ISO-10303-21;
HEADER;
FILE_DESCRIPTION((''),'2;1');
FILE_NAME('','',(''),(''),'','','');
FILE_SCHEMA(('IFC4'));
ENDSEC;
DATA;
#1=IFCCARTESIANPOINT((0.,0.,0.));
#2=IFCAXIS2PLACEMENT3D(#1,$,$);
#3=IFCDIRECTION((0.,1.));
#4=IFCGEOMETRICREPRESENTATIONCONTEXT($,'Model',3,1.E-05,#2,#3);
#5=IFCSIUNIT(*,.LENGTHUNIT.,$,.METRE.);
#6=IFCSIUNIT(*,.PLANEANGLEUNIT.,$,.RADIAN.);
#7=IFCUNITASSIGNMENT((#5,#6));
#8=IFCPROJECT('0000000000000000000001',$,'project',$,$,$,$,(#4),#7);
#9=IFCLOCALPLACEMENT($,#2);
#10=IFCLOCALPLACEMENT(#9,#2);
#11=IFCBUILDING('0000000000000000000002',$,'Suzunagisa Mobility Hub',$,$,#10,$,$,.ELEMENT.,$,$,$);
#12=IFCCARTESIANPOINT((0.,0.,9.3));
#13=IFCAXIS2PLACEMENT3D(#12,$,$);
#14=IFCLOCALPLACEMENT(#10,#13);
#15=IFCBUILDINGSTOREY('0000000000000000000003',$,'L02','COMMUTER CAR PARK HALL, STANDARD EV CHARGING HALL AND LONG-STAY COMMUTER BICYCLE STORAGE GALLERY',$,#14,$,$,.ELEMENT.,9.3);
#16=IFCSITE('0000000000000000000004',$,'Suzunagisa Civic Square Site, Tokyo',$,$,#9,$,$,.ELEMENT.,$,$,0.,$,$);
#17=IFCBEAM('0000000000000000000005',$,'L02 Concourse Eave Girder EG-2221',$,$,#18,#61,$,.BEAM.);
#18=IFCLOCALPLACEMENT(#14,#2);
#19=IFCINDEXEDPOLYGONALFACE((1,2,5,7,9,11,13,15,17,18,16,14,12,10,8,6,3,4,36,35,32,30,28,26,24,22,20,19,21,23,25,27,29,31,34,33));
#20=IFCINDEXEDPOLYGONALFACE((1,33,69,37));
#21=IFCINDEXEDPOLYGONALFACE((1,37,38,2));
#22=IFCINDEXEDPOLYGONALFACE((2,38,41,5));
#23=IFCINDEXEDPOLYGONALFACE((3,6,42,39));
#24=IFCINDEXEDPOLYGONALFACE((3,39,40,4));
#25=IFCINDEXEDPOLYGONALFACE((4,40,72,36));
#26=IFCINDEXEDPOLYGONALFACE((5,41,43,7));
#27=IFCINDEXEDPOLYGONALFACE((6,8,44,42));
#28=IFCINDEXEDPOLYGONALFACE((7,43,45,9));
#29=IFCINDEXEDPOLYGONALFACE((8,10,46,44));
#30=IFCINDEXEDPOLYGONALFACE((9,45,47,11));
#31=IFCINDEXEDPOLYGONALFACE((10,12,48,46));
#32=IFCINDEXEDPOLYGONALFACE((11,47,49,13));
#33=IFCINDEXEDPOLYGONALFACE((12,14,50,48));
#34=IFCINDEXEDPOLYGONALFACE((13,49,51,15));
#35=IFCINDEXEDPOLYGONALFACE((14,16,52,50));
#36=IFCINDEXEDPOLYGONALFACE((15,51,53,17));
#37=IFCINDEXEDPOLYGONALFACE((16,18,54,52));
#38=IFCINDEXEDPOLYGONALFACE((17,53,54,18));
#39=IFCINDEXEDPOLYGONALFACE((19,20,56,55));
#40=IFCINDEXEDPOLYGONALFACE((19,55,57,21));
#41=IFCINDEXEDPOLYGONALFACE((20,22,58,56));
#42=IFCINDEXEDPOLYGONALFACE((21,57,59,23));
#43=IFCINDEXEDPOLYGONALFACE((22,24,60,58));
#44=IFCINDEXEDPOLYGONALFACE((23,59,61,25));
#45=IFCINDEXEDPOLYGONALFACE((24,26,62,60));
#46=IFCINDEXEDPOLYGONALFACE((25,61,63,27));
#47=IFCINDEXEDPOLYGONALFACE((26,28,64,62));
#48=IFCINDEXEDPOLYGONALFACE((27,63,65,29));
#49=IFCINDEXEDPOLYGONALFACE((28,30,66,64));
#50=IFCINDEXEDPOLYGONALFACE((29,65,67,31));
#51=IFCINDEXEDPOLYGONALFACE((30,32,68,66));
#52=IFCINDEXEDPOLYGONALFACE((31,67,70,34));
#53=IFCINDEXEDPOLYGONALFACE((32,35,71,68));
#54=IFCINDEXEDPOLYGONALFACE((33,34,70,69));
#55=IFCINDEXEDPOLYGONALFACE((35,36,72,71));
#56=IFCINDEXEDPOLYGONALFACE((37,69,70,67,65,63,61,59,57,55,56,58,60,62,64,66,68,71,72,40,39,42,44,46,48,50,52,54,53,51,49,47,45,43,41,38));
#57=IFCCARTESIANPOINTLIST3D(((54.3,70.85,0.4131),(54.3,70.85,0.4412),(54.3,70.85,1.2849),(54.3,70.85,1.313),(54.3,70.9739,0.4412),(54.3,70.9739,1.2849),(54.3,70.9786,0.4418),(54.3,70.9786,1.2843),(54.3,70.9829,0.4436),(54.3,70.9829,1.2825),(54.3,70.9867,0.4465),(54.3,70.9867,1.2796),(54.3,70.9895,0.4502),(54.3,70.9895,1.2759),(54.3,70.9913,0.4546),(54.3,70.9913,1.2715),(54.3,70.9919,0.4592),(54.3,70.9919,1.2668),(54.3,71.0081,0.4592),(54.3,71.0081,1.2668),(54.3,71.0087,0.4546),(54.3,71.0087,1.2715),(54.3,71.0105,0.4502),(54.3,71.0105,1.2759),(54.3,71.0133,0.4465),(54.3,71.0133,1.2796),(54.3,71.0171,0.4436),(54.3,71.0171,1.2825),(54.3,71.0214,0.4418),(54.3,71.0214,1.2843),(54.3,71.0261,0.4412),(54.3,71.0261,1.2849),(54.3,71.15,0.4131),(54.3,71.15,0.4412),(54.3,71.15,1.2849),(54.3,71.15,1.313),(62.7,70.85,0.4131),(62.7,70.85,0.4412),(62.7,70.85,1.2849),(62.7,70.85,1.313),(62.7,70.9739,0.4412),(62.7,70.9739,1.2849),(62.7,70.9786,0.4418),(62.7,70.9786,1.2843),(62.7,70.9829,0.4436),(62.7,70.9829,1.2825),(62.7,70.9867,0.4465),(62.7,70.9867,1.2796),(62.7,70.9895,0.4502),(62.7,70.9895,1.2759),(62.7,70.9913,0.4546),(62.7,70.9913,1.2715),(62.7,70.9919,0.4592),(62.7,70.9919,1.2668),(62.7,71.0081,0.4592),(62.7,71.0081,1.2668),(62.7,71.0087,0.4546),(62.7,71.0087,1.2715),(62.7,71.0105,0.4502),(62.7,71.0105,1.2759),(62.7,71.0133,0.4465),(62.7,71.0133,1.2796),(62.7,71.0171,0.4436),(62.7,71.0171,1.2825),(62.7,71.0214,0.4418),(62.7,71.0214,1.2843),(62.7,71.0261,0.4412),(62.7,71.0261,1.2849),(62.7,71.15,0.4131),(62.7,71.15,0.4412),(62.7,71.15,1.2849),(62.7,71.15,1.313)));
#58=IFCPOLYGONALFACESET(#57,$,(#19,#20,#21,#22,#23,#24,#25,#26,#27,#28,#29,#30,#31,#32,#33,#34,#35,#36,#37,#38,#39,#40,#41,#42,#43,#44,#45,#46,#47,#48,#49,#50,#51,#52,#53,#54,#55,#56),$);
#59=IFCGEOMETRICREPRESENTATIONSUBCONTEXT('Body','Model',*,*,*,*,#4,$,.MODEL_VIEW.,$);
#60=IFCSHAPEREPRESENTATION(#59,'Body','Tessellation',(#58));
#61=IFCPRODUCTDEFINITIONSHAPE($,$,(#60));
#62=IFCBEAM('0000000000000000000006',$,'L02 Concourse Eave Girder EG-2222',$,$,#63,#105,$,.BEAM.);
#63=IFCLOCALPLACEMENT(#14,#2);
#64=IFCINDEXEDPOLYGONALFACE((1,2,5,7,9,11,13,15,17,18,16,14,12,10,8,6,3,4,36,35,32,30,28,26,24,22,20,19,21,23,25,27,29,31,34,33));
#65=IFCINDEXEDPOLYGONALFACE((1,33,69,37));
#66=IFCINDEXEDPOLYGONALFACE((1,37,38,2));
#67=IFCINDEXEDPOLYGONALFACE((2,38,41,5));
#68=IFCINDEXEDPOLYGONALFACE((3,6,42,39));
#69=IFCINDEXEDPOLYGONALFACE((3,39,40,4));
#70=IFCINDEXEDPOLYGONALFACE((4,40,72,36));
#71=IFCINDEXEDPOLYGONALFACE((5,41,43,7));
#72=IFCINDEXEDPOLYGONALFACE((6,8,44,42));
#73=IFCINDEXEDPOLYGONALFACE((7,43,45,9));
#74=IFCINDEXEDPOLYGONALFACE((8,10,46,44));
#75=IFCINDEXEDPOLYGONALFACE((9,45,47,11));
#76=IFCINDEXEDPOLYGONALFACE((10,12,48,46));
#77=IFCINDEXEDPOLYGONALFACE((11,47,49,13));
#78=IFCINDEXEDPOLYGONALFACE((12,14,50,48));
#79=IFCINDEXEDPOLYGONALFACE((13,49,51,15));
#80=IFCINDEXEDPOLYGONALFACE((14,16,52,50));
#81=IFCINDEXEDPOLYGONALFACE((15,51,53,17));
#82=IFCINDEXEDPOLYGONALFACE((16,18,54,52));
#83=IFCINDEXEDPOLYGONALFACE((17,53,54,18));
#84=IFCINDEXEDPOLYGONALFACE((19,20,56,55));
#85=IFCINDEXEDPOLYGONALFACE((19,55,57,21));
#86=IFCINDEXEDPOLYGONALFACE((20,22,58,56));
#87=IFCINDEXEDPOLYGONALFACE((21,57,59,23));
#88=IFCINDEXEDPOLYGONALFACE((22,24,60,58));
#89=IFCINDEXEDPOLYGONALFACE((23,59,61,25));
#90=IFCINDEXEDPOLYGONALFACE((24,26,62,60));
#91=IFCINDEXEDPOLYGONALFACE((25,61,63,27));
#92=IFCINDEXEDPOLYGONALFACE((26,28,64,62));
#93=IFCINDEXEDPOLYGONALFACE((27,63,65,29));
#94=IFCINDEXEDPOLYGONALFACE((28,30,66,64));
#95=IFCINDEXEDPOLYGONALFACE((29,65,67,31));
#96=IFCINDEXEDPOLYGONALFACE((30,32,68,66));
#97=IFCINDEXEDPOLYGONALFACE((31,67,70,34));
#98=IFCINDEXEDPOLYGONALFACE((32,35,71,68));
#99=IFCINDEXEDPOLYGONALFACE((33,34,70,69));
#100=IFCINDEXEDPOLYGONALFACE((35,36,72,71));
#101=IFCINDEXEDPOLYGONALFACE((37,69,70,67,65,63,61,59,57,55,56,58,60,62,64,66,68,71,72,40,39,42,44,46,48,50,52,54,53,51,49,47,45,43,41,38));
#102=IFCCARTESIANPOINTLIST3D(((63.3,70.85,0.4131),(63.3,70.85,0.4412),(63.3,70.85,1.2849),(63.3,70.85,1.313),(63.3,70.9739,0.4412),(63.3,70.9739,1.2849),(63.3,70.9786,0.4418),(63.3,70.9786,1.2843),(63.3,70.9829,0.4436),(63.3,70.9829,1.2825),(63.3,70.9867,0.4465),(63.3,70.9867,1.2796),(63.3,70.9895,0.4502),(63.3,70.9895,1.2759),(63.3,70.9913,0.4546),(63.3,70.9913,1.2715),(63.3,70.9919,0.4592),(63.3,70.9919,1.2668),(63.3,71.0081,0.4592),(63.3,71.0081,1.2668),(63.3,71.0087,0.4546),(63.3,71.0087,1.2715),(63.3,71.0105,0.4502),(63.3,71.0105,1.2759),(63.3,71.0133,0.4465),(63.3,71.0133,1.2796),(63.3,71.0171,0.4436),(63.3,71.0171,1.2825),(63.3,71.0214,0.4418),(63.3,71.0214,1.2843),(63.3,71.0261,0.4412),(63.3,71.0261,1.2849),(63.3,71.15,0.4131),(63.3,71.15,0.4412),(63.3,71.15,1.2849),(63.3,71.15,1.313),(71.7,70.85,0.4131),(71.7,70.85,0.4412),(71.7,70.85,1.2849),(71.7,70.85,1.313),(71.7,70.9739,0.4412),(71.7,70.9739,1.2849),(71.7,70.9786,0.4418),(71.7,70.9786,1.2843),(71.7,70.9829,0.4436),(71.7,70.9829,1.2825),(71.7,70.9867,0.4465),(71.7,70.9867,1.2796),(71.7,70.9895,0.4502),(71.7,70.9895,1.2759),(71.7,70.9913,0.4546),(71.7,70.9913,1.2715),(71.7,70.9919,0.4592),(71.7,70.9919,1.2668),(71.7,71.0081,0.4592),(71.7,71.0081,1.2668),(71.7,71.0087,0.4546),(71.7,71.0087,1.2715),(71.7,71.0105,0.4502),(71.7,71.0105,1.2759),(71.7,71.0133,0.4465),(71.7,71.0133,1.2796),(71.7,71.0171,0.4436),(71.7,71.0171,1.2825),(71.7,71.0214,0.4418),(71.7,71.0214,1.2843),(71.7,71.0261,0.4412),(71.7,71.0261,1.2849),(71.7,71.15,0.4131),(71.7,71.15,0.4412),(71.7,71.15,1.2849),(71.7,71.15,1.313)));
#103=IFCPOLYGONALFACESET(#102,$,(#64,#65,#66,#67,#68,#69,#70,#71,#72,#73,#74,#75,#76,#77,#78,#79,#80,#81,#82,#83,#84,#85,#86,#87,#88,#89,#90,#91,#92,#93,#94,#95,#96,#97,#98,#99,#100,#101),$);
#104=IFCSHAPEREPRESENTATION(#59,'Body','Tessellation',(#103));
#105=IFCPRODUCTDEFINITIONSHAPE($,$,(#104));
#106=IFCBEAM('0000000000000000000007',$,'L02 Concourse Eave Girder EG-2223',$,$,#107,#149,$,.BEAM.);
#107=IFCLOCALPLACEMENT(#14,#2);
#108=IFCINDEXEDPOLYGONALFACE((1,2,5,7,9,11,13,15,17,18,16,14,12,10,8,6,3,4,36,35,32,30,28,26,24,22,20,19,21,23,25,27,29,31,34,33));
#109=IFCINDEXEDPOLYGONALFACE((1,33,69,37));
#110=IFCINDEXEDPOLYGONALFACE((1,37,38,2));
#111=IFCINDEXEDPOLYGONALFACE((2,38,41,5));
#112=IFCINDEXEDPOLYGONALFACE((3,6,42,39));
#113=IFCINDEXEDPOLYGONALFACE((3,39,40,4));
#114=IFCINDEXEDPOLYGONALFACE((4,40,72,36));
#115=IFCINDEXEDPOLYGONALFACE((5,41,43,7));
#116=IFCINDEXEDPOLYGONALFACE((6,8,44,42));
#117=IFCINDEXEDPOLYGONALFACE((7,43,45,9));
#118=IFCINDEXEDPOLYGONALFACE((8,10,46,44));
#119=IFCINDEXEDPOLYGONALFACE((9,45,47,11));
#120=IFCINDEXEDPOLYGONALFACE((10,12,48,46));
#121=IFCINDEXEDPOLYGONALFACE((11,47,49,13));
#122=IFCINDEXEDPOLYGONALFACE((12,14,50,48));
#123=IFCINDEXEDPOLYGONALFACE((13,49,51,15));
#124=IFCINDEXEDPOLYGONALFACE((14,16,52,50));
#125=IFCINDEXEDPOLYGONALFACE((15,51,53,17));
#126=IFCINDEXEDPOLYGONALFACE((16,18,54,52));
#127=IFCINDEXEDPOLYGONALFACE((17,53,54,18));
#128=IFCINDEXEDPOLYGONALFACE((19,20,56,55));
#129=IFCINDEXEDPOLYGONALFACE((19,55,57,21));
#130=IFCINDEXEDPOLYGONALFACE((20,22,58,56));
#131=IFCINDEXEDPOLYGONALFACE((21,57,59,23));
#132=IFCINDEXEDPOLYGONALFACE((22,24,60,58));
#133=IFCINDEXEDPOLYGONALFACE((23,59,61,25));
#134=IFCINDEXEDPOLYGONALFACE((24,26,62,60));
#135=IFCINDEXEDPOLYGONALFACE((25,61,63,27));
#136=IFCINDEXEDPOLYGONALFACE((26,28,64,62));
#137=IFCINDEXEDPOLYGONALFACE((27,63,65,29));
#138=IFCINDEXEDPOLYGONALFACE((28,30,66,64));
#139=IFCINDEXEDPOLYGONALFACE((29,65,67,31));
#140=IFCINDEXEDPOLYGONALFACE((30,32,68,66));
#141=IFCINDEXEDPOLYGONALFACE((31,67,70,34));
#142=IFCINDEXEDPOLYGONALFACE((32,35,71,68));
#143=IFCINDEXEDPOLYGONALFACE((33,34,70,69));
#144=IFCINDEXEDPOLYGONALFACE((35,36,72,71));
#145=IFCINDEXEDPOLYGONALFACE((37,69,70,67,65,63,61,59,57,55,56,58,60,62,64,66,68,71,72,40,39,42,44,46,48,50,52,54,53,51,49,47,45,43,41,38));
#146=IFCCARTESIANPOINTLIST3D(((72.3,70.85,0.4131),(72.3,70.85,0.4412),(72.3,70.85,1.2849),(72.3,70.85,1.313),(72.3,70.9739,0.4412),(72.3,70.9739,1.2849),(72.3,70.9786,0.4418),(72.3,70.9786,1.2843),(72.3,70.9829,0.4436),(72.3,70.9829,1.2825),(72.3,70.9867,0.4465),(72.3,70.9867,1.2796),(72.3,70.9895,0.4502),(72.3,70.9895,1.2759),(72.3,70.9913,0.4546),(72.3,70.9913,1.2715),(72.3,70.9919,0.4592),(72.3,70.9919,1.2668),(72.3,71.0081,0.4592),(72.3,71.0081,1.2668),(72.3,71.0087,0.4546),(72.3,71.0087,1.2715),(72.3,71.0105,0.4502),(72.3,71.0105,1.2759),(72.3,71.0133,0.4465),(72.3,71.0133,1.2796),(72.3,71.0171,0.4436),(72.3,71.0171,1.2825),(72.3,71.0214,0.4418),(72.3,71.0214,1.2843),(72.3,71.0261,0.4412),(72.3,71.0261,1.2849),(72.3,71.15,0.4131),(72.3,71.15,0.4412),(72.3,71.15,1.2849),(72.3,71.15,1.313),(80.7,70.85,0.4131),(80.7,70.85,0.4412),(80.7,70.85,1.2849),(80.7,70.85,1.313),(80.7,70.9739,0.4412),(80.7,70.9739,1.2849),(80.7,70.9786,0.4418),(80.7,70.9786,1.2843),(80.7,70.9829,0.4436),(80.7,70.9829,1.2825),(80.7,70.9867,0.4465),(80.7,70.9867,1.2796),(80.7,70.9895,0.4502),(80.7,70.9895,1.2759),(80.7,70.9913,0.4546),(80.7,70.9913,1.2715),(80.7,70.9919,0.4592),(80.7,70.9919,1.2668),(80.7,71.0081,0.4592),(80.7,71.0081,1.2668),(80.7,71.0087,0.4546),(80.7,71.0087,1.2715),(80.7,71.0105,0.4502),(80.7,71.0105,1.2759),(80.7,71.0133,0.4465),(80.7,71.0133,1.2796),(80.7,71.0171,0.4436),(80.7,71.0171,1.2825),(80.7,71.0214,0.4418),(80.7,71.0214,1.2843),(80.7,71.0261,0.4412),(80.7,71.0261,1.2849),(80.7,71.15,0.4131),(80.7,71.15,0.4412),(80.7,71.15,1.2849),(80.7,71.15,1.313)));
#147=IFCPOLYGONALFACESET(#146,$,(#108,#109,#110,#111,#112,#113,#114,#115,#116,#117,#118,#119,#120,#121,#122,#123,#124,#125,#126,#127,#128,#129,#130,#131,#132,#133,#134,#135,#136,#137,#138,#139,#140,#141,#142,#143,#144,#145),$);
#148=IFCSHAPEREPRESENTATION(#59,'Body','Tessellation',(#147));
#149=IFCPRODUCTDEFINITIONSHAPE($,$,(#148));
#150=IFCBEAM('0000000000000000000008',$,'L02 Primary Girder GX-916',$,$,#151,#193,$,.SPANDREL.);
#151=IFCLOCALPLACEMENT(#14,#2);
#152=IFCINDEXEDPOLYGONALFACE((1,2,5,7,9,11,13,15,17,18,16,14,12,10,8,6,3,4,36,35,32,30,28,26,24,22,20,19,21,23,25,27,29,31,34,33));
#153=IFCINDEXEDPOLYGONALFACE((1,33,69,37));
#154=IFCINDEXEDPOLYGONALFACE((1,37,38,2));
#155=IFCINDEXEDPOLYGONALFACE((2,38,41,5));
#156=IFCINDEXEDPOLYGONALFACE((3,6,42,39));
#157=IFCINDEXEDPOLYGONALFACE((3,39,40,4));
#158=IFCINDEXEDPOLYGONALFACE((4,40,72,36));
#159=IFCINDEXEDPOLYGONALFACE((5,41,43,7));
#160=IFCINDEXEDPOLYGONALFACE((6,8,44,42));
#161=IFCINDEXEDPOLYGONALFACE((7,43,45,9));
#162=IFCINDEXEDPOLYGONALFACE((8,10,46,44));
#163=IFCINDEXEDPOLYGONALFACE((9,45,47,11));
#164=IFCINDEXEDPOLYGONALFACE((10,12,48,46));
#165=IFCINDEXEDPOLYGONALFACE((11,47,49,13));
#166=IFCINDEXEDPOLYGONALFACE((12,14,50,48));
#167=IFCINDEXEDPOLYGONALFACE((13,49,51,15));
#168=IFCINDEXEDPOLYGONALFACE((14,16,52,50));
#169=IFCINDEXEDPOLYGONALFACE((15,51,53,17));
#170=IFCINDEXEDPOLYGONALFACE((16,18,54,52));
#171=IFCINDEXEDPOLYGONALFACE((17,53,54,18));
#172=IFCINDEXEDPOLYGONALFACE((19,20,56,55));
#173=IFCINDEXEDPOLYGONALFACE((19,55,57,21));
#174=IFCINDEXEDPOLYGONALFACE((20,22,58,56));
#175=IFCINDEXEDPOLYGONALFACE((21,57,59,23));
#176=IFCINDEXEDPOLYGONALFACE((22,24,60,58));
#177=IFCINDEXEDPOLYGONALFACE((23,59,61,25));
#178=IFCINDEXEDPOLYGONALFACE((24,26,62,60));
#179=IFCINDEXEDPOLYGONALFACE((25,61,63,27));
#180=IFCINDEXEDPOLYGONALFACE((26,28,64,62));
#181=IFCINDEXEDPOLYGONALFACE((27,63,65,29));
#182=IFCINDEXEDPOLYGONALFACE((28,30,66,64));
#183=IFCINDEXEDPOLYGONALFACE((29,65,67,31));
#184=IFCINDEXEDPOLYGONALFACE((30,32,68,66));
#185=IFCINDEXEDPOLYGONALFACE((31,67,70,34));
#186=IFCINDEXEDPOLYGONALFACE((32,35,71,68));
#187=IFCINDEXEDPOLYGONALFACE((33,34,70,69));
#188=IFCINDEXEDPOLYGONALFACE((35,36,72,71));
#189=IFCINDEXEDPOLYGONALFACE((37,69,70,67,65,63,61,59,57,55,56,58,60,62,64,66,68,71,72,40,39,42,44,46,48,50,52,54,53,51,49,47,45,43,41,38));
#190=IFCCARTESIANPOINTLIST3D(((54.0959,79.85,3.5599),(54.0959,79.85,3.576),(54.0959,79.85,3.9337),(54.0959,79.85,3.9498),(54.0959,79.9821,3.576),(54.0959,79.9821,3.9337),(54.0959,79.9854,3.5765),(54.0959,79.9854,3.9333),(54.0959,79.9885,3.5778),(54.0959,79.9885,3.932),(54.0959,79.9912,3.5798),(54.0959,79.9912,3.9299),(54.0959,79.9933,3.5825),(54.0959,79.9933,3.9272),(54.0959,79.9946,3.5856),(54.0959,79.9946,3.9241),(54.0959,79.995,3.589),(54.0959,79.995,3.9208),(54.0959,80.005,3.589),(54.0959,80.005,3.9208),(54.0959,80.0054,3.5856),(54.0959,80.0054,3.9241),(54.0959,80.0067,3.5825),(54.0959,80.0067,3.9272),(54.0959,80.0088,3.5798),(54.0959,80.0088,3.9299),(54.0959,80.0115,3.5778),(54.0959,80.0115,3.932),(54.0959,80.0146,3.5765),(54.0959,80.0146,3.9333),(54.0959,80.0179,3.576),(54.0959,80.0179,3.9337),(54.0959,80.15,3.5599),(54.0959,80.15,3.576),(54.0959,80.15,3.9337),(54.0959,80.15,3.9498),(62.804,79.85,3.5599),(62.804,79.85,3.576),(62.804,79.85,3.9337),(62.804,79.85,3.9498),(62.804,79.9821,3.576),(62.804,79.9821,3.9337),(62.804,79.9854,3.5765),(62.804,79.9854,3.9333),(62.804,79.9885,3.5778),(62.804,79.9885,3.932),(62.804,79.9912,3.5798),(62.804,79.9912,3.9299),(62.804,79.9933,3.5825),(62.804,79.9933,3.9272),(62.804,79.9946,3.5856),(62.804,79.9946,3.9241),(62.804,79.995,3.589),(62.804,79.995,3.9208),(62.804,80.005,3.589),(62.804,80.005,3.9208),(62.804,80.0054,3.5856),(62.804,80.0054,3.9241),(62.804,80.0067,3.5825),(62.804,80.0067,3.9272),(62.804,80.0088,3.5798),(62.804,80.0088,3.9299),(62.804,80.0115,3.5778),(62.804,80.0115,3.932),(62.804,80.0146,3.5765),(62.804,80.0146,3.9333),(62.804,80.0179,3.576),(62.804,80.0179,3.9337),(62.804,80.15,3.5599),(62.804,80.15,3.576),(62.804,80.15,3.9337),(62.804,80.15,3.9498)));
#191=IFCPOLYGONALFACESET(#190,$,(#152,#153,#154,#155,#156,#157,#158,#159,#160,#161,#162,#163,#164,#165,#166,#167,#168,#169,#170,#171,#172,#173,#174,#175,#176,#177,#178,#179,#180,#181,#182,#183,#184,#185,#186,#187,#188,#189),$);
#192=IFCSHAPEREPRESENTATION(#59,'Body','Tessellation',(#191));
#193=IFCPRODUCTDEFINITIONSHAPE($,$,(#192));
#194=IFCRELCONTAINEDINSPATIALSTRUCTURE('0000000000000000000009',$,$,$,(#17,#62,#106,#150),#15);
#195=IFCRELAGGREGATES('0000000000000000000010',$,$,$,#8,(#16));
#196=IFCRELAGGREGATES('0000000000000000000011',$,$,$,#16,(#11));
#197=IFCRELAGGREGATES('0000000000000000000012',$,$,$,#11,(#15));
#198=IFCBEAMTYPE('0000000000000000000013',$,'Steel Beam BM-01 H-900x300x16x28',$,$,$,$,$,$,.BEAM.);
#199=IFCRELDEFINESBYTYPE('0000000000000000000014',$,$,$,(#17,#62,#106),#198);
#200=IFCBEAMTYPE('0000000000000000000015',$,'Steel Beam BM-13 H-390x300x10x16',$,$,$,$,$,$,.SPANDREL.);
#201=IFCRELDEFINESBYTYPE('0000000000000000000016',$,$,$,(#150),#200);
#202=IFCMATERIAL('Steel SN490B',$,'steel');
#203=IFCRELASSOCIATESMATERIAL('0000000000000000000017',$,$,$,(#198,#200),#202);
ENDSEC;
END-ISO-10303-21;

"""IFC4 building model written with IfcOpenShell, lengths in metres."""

from ifc_helpers import new_model, si_unit, direction, frame, origin, origin_2d, place, context, subcontext, project, spatial, i_section, extrude, material, material_profile, profile_set, type_object, element, save


model = new_model("IFC4")

# Units and contexts
model_context = context("Model", 3, precision=1e-05, world=origin(), true_north=direction((0.0, 1.0)))
body_context = subcontext(model_context, "Body", "Model", "MODEL_VIEW")
ifc_project = project(units=[si_unit("LENGTHUNIT", "METRE"), si_unit("PLANEANGLEUNIT", "RADIAN")], contexts=[model_context])

# Site, building, storey
site_placement = place(None, origin())
site = spatial("IfcSite", under=ifc_project, at=site_placement, Name="Suzunagisa Civic Square Site, Tokyo", CompositionType="ELEMENT", RefElevation=0.0)
building_placement = place(site_placement, origin())
building = spatial("IfcBuilding", under=site, at=building_placement, Name="Suzunagisa Mobility Hub", CompositionType="ELEMENT")
storey_placement = place(building_placement, frame((0.0, 0.0, 9.3)))
storey = spatial("IfcBuildingStorey", under=building, at=storey_placement, Name="L02", Description="COMMUTER CAR PARK HALL, STANDARD EV CHARGING HALL AND LONG-STAY COMMUTER BICYCLE STORAGE GALLERY", CompositionType="ELEMENT", Elevation=9.3)

# Shared definitions
ifc_material_1 = material(Name="Steel SN490B", Category="steel")

# Beams
ifc_material_profile_1 = material_profile(ifc_material_1, i_section(OverallWidth=0.3, OverallDepth=0.8999, WebThickness=0.0161, FlangeThickness=0.0281, FilletRadius=0.0181, at=origin_2d()), Name="H-900x300x16x28")
ifc_profile_set_1 = profile_set([ifc_material_profile_1], Name="Steel SN490B")
beam_type_1 = type_object("IfcBeamType", Name="Steel Beam BM-01 H-900x300x16x28", PredefinedType="BEAM", material=ifc_profile_set_1)
for number, where, z_axis, x_axis, name in (
    (1, (54.3, 71.0, 0.863), (1.0, 0.0, 0.0), (0.0, 1.0, 0.0), "L02 Concourse Eave Girder EG-2221"),
    (2, (63.3, 71.0, 0.863), (1.0, 0.0, 0.0), (0.0, 1.0, 0.0), "L02 Concourse Eave Girder EG-2222"),
    (3, (72.3, 71.0, 0.863), (1.0, 0.0, 0.0), (0.0, 1.0, 0.0), "L02 Concourse Eave Girder EG-2223"),
):
    element("IfcBeam", number, at=place(storey_placement, frame(where, z_axis=z_axis, x_axis=x_axis)), inside=storey, type_object=beam_type_1, Name=name, PredefinedType="BEAM", context=body_context, shape_type="SweptSolid", body=[
        extrude(i_section(OverallWidth=0.3, OverallDepth=0.8999, WebThickness=0.0161, FlangeThickness=0.0281, FilletRadius=0.0181, at=origin_2d()), origin(), (0.0, 0.0, 1.0), 8.3999),
    ])
ifc_material_profile_2 = material_profile(ifc_material_1, i_section(OverallWidth=0.3, OverallDepth=0.3899, WebThickness=0.01, FlangeThickness=0.0161, FilletRadius=0.0129, at=origin_2d()), Name="H-390x300x10x16")
ifc_profile_set_2 = profile_set([ifc_material_profile_2], Name="Steel SN490B")
beam_type_2 = type_object("IfcBeamType", Name="Steel Beam BM-13 H-390x300x10x16", PredefinedType="SPANDREL", material=ifc_profile_set_2)
beam_placement = place(storey_placement, frame((54.0959, 80.0, 3.7549), z_axis=(1.0, 0.0, 0.0), x_axis=(0.0, 1.0, 0.0)))
element("IfcBeam", 4, at=beam_placement, inside=storey, type_object=beam_type_2, Name="L02 Primary Girder GX-916", PredefinedType="SPANDREL", context=body_context, shape_type="SweptSolid", body=[
    extrude(i_section(OverallWidth=0.3, OverallDepth=0.3899, WebThickness=0.01, FlangeThickness=0.0161, FilletRadius=0.0129, at=origin_2d()), origin(), (0.0, 0.0, 1.0), 8.708),
])

save(model, "model.ifc")
